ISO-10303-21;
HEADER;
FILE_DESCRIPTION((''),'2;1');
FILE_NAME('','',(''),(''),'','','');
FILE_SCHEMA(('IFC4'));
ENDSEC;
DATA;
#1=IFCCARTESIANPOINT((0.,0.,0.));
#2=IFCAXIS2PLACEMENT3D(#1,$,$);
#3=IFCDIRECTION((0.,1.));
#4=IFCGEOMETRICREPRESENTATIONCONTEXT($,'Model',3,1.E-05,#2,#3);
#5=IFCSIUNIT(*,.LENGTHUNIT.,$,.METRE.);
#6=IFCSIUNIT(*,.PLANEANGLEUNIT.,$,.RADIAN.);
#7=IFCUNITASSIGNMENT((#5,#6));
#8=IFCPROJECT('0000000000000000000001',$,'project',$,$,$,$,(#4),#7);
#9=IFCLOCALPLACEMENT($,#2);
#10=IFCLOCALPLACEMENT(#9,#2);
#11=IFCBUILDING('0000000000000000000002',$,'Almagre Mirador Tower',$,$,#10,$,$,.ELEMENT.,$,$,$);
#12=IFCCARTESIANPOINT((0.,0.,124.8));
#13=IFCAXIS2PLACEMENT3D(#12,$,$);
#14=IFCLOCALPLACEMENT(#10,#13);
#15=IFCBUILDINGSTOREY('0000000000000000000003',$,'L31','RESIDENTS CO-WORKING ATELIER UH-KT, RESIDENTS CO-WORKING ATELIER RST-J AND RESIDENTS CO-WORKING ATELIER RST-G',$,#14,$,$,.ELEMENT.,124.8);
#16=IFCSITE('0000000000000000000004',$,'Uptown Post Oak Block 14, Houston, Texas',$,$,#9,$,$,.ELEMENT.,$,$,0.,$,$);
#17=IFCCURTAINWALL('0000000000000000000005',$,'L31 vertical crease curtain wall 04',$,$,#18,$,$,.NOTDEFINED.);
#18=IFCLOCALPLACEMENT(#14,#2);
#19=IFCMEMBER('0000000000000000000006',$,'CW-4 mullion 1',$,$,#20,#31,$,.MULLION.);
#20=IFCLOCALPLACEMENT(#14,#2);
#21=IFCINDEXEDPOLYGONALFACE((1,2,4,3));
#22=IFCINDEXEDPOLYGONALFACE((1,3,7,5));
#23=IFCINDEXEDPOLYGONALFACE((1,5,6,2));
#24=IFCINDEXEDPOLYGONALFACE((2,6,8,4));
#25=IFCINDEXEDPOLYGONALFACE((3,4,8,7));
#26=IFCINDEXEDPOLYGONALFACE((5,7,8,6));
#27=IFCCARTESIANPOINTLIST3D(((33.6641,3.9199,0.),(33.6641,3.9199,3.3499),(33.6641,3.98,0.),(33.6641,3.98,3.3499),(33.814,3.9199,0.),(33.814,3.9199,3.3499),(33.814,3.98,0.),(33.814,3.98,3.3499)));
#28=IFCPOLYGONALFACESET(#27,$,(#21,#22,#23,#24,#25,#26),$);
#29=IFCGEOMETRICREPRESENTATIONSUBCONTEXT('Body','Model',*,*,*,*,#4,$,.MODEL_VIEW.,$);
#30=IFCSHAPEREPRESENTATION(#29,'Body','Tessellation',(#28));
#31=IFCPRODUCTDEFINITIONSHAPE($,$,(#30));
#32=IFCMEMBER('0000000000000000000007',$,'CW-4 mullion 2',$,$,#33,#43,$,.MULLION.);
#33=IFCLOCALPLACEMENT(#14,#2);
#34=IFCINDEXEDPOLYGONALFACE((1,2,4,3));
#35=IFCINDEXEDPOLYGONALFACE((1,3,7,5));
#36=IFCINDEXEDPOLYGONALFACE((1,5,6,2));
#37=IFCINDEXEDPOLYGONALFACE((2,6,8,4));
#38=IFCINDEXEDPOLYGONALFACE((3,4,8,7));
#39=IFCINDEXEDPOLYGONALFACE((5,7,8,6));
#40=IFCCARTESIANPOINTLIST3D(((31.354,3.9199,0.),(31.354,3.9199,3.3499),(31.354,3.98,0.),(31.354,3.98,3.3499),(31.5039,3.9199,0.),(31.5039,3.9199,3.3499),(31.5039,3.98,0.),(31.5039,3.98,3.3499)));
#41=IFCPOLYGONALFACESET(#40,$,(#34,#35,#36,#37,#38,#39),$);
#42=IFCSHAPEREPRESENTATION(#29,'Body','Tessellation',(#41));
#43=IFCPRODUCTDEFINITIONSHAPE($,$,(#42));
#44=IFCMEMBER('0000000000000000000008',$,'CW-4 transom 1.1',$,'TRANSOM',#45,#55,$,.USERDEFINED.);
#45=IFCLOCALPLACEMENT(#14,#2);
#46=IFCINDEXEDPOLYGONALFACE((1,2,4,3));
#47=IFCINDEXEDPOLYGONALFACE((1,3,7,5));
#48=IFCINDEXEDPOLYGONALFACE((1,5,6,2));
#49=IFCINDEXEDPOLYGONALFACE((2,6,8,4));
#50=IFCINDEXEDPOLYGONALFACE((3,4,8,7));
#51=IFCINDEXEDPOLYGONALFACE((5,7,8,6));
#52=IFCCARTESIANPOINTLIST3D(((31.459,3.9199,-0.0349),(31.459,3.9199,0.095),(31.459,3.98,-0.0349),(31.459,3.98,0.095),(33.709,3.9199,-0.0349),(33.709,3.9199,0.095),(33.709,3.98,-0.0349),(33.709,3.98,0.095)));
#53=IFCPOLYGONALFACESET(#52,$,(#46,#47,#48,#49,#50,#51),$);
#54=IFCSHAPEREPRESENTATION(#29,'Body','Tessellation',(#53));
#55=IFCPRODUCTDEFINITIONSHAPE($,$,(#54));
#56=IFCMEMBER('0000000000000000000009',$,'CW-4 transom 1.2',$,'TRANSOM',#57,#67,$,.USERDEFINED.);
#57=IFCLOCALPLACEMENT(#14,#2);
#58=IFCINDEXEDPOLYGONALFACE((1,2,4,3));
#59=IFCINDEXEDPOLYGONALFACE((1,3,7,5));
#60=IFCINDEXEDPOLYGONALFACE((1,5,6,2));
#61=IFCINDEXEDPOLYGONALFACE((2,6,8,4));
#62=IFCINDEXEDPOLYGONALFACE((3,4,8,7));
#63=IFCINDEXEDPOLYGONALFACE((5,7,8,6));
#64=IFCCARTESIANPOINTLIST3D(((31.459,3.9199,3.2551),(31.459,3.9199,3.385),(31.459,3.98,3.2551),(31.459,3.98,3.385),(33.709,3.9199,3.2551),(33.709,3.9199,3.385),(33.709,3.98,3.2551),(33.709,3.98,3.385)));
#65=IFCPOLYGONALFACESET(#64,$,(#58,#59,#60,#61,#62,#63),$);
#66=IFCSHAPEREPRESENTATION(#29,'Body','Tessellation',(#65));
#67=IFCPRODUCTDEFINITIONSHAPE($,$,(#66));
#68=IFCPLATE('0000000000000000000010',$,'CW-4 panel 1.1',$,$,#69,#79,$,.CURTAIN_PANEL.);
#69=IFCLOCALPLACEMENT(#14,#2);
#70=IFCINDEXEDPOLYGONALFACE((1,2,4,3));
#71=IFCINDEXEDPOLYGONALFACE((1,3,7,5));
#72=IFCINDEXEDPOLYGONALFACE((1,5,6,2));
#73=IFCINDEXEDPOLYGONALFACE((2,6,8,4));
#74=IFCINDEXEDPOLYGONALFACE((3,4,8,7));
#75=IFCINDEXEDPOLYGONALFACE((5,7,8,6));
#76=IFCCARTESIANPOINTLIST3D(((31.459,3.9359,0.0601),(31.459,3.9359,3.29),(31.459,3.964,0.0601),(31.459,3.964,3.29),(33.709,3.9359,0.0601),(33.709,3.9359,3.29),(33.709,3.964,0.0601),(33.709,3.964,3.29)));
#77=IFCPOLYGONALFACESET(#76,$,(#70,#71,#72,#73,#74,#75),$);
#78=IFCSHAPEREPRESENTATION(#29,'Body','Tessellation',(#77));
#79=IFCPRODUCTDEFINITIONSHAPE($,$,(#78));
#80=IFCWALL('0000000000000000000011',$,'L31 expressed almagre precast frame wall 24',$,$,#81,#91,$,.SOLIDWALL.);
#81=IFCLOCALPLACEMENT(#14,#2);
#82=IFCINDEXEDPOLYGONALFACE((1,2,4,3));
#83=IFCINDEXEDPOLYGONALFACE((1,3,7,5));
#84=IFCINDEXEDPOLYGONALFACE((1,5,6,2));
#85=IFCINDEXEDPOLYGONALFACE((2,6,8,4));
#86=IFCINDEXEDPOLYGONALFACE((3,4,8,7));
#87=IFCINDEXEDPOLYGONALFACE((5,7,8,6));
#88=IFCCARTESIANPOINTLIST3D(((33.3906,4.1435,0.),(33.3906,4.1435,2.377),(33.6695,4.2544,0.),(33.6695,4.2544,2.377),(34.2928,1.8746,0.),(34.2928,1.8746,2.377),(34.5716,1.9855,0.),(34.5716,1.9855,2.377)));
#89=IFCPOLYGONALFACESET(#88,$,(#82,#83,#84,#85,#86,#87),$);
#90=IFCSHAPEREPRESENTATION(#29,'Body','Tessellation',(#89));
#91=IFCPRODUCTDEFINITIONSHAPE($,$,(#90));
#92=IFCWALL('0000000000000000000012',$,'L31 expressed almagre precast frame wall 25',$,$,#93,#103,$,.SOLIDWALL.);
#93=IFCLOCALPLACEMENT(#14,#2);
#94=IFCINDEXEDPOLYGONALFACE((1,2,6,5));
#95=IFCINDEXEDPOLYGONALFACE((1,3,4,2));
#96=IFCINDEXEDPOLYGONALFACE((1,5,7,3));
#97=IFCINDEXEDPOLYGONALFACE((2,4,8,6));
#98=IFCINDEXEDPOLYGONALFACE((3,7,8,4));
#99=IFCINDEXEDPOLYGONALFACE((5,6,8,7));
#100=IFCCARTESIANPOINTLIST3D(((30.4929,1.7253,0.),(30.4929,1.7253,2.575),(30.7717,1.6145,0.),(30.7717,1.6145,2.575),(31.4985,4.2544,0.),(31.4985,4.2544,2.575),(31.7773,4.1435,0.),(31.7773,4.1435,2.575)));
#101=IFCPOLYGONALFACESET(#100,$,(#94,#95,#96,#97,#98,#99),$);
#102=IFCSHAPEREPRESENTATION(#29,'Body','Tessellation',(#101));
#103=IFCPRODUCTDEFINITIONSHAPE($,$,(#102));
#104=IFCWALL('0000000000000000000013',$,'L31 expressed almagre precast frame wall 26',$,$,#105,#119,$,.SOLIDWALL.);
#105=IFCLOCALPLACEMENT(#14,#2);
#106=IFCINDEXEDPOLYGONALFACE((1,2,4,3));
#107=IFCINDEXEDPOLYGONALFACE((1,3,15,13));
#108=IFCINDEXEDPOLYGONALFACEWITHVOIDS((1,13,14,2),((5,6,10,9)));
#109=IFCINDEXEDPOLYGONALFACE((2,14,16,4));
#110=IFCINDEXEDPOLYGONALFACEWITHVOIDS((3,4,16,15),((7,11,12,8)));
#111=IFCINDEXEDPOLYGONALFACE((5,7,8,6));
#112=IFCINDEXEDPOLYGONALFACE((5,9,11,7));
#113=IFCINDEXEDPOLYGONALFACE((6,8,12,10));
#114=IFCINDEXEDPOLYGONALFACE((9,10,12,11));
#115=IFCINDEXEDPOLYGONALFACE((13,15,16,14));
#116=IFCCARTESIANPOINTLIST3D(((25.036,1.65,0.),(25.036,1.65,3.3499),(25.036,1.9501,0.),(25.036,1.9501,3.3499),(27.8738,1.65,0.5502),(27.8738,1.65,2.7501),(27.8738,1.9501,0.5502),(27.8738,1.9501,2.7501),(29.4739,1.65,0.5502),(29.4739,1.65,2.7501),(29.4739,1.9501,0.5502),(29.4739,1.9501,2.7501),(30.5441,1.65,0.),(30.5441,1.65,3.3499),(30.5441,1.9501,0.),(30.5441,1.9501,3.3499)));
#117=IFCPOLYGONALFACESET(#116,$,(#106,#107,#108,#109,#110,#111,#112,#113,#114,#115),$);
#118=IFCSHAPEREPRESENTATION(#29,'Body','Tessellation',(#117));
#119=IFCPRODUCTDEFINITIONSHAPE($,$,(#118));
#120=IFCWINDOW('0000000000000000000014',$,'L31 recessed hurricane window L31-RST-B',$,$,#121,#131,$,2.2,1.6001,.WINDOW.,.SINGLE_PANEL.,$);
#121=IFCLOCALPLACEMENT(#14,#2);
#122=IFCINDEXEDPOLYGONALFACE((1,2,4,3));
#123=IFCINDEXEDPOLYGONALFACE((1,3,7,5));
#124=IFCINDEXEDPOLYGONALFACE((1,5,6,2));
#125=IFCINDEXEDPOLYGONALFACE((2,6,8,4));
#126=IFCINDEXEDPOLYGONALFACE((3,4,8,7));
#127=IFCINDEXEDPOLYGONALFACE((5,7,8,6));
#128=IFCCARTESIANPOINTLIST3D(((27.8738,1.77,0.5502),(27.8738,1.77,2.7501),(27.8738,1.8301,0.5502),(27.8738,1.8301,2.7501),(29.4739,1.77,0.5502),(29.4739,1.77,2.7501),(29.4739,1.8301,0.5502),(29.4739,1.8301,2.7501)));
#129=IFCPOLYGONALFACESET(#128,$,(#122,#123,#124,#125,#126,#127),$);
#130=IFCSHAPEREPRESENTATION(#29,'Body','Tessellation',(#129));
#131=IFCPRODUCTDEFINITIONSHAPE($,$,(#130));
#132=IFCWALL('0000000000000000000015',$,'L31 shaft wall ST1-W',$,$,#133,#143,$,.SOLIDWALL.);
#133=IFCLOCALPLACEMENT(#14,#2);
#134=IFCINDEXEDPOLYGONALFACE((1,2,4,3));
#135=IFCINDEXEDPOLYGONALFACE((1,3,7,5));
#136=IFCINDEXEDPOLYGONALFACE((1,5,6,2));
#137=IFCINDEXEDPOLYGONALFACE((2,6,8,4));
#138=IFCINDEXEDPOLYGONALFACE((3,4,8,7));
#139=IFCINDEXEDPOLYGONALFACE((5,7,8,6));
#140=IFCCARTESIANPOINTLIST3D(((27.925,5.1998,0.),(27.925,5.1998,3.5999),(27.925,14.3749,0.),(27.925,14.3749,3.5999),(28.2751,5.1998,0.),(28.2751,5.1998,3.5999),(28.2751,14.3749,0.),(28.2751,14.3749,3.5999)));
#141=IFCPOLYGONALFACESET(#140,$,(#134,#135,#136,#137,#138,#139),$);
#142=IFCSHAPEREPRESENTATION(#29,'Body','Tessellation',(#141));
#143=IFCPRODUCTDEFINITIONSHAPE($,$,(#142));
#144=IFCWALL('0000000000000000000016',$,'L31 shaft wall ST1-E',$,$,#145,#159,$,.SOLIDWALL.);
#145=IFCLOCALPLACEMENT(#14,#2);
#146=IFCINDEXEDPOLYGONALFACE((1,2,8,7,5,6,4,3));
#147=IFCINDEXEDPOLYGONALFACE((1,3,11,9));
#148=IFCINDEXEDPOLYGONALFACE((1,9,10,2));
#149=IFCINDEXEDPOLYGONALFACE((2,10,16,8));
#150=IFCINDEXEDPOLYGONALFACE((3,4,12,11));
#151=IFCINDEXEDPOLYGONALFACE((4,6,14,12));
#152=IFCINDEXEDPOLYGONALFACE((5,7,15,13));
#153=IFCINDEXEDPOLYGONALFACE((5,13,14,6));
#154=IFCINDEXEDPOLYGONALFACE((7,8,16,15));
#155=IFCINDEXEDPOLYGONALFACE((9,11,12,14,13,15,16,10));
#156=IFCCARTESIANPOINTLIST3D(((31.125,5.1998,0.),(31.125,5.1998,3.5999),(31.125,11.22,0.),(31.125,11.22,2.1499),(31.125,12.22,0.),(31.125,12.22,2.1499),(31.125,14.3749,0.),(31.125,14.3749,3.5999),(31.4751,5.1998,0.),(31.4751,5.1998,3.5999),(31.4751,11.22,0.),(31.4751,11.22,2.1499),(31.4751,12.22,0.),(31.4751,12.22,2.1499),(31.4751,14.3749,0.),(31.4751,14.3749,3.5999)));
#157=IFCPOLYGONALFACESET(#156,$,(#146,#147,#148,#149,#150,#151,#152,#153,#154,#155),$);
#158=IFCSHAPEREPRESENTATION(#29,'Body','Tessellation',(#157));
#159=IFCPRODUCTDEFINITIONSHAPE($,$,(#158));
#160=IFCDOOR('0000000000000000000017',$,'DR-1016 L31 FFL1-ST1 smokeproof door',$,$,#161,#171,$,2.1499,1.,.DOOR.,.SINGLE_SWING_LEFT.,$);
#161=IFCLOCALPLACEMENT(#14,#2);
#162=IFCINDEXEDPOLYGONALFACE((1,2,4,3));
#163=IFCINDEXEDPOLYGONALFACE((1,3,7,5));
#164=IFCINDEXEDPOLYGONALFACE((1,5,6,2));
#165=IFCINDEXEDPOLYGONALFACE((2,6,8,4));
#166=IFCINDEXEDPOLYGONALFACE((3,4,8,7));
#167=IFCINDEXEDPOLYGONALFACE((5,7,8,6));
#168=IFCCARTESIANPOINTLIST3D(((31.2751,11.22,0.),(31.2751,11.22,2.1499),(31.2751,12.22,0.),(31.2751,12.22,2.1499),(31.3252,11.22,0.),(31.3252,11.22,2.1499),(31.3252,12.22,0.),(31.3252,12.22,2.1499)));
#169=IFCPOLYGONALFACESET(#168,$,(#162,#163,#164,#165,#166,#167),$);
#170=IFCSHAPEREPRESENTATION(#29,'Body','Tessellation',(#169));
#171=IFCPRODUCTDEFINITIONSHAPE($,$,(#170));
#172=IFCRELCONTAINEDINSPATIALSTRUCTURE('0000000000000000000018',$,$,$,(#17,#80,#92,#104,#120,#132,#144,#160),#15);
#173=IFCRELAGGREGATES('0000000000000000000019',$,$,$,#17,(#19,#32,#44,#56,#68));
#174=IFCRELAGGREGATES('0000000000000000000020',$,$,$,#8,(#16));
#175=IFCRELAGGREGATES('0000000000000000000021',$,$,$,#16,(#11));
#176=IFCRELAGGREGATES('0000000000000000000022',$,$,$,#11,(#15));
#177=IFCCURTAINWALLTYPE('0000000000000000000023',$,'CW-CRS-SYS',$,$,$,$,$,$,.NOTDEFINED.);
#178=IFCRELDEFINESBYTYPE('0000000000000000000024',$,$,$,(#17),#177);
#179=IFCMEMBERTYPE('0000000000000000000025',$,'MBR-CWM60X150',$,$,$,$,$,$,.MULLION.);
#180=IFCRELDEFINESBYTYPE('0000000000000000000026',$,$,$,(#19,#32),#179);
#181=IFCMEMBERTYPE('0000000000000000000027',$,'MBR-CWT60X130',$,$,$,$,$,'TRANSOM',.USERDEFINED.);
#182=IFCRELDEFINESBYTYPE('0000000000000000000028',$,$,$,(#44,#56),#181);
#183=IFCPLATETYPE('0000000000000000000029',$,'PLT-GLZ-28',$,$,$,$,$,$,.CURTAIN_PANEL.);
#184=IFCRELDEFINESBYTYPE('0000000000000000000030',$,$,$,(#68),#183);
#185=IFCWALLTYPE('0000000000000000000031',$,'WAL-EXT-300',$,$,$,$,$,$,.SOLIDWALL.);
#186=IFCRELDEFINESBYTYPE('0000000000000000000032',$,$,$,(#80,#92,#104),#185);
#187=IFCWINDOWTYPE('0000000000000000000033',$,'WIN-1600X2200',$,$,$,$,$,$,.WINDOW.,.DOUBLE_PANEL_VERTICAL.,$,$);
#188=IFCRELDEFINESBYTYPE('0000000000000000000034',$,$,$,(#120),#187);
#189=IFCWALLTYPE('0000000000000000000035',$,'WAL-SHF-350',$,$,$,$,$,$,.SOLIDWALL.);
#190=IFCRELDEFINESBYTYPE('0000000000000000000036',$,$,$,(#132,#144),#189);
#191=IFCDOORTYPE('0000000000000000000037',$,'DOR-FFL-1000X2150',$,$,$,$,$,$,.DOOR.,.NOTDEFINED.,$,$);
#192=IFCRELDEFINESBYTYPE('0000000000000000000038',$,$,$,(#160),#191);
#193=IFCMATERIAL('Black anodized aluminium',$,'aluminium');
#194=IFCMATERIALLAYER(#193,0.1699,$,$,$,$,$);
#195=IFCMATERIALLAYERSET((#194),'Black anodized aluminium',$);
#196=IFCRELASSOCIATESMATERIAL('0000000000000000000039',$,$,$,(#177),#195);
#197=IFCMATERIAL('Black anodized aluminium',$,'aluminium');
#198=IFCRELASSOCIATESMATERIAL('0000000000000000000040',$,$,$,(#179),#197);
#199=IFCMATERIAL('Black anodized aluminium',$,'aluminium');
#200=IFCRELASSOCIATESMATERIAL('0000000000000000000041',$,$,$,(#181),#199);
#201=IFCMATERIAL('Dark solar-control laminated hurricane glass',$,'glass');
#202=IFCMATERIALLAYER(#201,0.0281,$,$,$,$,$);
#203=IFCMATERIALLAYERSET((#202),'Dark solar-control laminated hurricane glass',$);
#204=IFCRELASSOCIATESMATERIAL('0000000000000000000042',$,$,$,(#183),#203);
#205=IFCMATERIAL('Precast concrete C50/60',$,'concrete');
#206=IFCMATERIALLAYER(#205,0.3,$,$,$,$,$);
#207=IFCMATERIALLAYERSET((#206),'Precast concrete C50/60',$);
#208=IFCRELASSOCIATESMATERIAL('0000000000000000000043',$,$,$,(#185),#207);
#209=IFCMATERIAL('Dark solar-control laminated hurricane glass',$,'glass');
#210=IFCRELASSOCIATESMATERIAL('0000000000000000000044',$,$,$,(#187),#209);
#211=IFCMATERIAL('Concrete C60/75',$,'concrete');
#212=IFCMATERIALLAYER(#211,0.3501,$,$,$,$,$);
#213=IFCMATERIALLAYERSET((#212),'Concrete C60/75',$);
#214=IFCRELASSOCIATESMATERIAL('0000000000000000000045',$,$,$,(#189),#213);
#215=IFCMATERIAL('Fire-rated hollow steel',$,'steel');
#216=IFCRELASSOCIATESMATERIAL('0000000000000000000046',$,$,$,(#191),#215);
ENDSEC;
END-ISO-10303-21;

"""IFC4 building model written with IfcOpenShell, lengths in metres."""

from ifc_helpers import new_model, si_unit, direction, frame, frame_2d, origin, origin_2d, place, context, subcontext, project, spatial, rectangle, extrude, material, layer, layer_set, material_profile, profile_set, type_object, element, fill, aggregate, save


model = new_model("IFC4")

# Units and contexts
model_context = context("Model", 3, precision=1e-05, world=origin(), true_north=direction((0.0, 1.0)))
body_context = subcontext(model_context, "Body", "Model", "MODEL_VIEW")
ifc_project = project(units=[si_unit("LENGTHUNIT", "METRE"), si_unit("PLANEANGLEUNIT", "RADIAN")], contexts=[model_context])

# Site, building, storey
site_placement = place(None, origin())
site = spatial("IfcSite", under=ifc_project, at=site_placement, Name="Uptown Post Oak Block 14, Houston, Texas", CompositionType="ELEMENT", RefElevation=0.0)
building_placement = place(site_placement, origin())
building = spatial("IfcBuilding", under=site, at=building_placement, Name="Almagre Mirador Tower", CompositionType="ELEMENT")
storey_placement = place(building_placement, frame((0.0, 0.0, 124.8)))
storey = spatial("IfcBuildingStorey", under=building, at=storey_placement, Name="L31", Description="RESIDENTS CO-WORKING ATELIER UH-KT, RESIDENTS CO-WORKING ATELIER RST-J AND RESIDENTS CO-WORKING ATELIER RST-G", CompositionType="ELEMENT", Elevation=124.8)

# Curtain wall, members, plate
ifc_material_1 = material(Name="Black anodized aluminium", Category="aluminium")
ifc_layer_1 = layer(ifc_material_1, 0.1699)
ifc_layer_set_1 = layer_set([ifc_layer_1], Name="Black anodized aluminium")
curtain_wall_type = type_object("IfcCurtainWallType", Name="CW-CRS-SYS", PredefinedType="NOTDEFINED", material=ifc_layer_set_1)
curtain_wall_placement = place(storey_placement, origin())
curtain_wall = element("IfcCurtainWall", 1, at=curtain_wall_placement, inside=storey, type_object=curtain_wall_type, Name="L31 vertical crease curtain wall 04", PredefinedType="NOTDEFINED")
ifc_material_2 = material(Name="Black anodized aluminium", Category="aluminium")
ifc_material_profile_1 = material_profile(ifc_material_2, rectangle(XDim=0.0601, YDim=0.1499, at=origin_2d()), Name="CWM60X150")
ifc_profile_set_1 = profile_set([ifc_material_profile_1], Name="Black anodized aluminium")
member_type_1 = type_object("IfcMemberType", Name="MBR-CWM60X150", PredefinedType="MULLION", material=ifc_profile_set_1)
member_1_placement = place(storey_placement, frame((33.739, 3.95, 0.0), z_axis=(0.0, 0.0, 1.0), x_axis=(0.0, -1.0, 0.0)))
member_1 = element("IfcMember", 2, at=member_1_placement, type_object=member_type_1, Name="CW-4 mullion 1", PredefinedType="MULLION", context=body_context, shape_type="SweptSolid", body=[
    extrude(rectangle(XDim=0.0601, YDim=0.1499, at=origin_2d()), origin(), (0.0, 0.0, 1.0), 3.3499),
])
member_2_placement = place(storey_placement, frame((31.429, 3.95, 0.0), z_axis=(0.0, 0.0, 1.0), x_axis=(0.0, -1.0, 0.0)))
member_2 = element("IfcMember", 3, at=member_2_placement, type_object=member_type_1, Name="CW-4 mullion 2", PredefinedType="MULLION", context=body_context, shape_type="SweptSolid", body=[
    extrude(rectangle(XDim=0.0601, YDim=0.1499, at=origin_2d()), origin(), (0.0, 0.0, 1.0), 3.3499),
])
ifc_material_3 = material(Name="Black anodized aluminium", Category="aluminium")
ifc_material_profile_2 = material_profile(ifc_material_3, rectangle(XDim=0.0601, YDim=0.1299, at=origin_2d()), Name="CWT60X130")
ifc_profile_set_2 = profile_set([ifc_material_profile_2], Name="Black anodized aluminium")
member_type_2 = type_object("IfcMemberType", Name="MBR-CWT60X130", ElementType="TRANSOM", PredefinedType="USERDEFINED", material=ifc_profile_set_2)
member_3_placement = place(storey_placement, frame((33.709, 3.95, 0.03), z_axis=(-1.0, 0.0, 0.0), x_axis=(0.0, -1.0, 0.0)))
member_3 = element("IfcMember", 4, at=member_3_placement, type_object=member_type_2, Name="CW-4 transom 1.1", ObjectType="TRANSOM", PredefinedType="USERDEFINED", context=body_context, shape_type="SweptSolid", body=[
    extrude(rectangle(XDim=0.0601, YDim=0.1299, at=origin_2d()), origin(), (0.0, 0.0, 1.0), 2.25),
])
member_4_placement = place(storey_placement, frame((33.709, 3.95, 3.3201), z_axis=(-1.0, 0.0, 0.0), x_axis=(0.0, -1.0, 0.0)))
member_4 = element("IfcMember", 5, at=member_4_placement, type_object=member_type_2, Name="CW-4 transom 1.2", ObjectType="TRANSOM", PredefinedType="USERDEFINED", context=body_context, shape_type="SweptSolid", body=[
    extrude(rectangle(XDim=0.0601, YDim=0.1299, at=origin_2d()), origin(), (0.0, 0.0, 1.0), 2.25),
])
ifc_material_4 = material(Name="Dark solar-control laminated hurricane glass", Category="glass")
ifc_layer_2 = layer(ifc_material_4, 0.0281)
ifc_layer_set_2 = layer_set([ifc_layer_2], Name="Dark solar-control laminated hurricane glass")
plate_type = type_object("IfcPlateType", Name="PLT-GLZ-28", PredefinedType="CURTAIN_PANEL", material=ifc_layer_set_2)
plate_placement = place(storey_placement, frame((32.584, 3.95, 0.0601), z_axis=(0.0, 0.0, 1.0), x_axis=(-1.0, 0.0, 0.0)))
plate = element("IfcPlate", 6, at=plate_placement, type_object=plate_type, Name="CW-4 panel 1.1", PredefinedType="CURTAIN_PANEL", context=body_context, shape_type="SweptSolid", body=[
    extrude(rectangle(XDim=2.25, YDim=0.0281, at=origin_2d()), origin(), (0.0, 0.0, 1.0), 3.23),
])
aggregate(curtain_wall, [member_1, member_2, member_3, member_4, plate])

# Walls
ifc_material_5 = material(Name="Precast concrete C50/60", Category="concrete")
ifc_layer_3 = layer(ifc_material_5, 0.3)
ifc_layer_set_3 = layer_set([ifc_layer_3], Name="Precast concrete C50/60")
wall_type_1 = type_object("IfcWallType", Name="WAL-EXT-300", PredefinedType="SOLIDWALL", material=ifc_layer_set_3)
wall_1_placement = place(storey_placement, frame((34.4321, 1.9302, 0.0), z_axis=(0.0, 0.0, 1.0), x_axis=(-0.369476, 0.92924, 0.0)))
element("IfcWall", 7, at=wall_1_placement, inside=storey, type_object=wall_type_1, Name="L31 expressed almagre precast frame wall 24", PredefinedType="SOLIDWALL", context=body_context, shape_type="SweptSolid", body=[
    extrude(rectangle(XDim=2.4417, YDim=0.3, at=frame_2d((1.2207, 0.0))), origin(), (0.0, 0.0, 1.0), 2.377),
])
wall_2_placement = place(storey_placement, frame((31.6379, 4.199, 0.0), z_axis=(0.0, 0.0, 1.0), x_axis=(-0.369488, -0.929236, 0.0)))
element("IfcWall", 8, at=wall_2_placement, inside=storey, type_object=wall_type_1, Name="L31 expressed almagre precast frame wall 25", PredefinedType="SOLIDWALL", context=body_context, shape_type="SweptSolid", body=[
    extrude(rectangle(XDim=2.7217, YDim=0.3, at=frame_2d((1.3608, 0.0))), origin(), (0.0, 0.0, 1.0), 2.575),
])

# Wall, opening, window
wall_3_placement = place(storey_placement, frame((30.5439, 1.8, 0.0), z_axis=(0.0, 0.0, 1.0), x_axis=(-1.0, 0.0, 0.0)))
wall_3 = element("IfcWall", 9, at=wall_3_placement, inside=storey, type_object=wall_type_1, Name="L31 expressed almagre precast frame wall 26", PredefinedType="SOLIDWALL", context=body_context, shape_type="SweptSolid", body=[
    extrude(rectangle(XDim=5.5081, YDim=0.3, at=frame_2d((2.7539, 0.0))), origin(), (0.0, 0.0, 1.0), 3.3499),
])
opening_1_placement = place(wall_3_placement, frame((1.0701, 0.0, 0.55)))
opening_1 = element("IfcOpeningElement", 10, at=opening_1_placement, cuts=wall_3, PredefinedType="OPENING", context=body_context, shape_type="SweptSolid", body=[
    extrude(rectangle(XDim=1.6001, YDim=2.2, at=frame_2d((0.8, 1.1001))), frame((0.0, 0.1599, 0.0), z_axis=(0.0, -1.0, 0.0), x_axis=(1.0, 0.0, 0.0)), (0.0, 0.0, 1.0), 0.32),
])
ifc_material_6 = material(Name="Dark solar-control laminated hurricane glass", Category="glass")
window_type = type_object("IfcWindowType", Name="WIN-1600X2200", PartitioningType="DOUBLE_PANEL_VERTICAL", PredefinedType="WINDOW", material=ifc_material_6)
window_placement = place(opening_1_placement, origin())
window = element("IfcWindow", 11, at=window_placement, inside=storey, type_object=window_type, Name="L31 recessed hurricane window L31-RST-B", OverallHeight=2.2, OverallWidth=1.6001, PartitioningType="SINGLE_PANEL", PredefinedType="WINDOW", context=body_context, shape_type="SweptSolid", body=[
    extrude(rectangle(XDim=1.6001, YDim=2.2, at=frame_2d((0.8, 1.1001))), frame((0.0, 0.03, 0.0), z_axis=(0.0, -1.0, 0.0), x_axis=(1.0, 0.0, 0.0)), (0.0, 0.0, 1.0), 0.0601),
])
fill(opening_1, window)

# Wall
ifc_material_7 = material(Name="Concrete C60/75", Category="concrete")
ifc_layer_4 = layer(ifc_material_7, 0.3501)
ifc_layer_set_4 = layer_set([ifc_layer_4], Name="Concrete C60/75")
wall_type_2 = type_object("IfcWallType", Name="WAL-SHF-350", PredefinedType="SOLIDWALL", material=ifc_layer_set_4)
wall_4_placement = place(storey_placement, frame((28.1001, 5.2, 0.0), z_axis=(0.0, 0.0, 1.0), x_axis=(0.0, 1.0, 0.0)))
element("IfcWall", 12, at=wall_4_placement, inside=storey, type_object=wall_type_2, Name="L31 shaft wall ST1-W", PredefinedType="SOLIDWALL", context=body_context, shape_type="SweptSolid", body=[
    extrude(rectangle(XDim=9.175, YDim=0.3501, at=frame_2d((4.5874, 0.0))), origin(), (0.0, 0.0, 1.0), 3.5999),
])

# Wall, opening, door
wall_5_placement = place(storey_placement, frame((31.3, 5.2, 0.0), z_axis=(0.0, 0.0, 1.0), x_axis=(0.0, 1.0, 0.0)))
wall_5 = element("IfcWall", 13, at=wall_5_placement, inside=storey, type_object=wall_type_2, Name="L31 shaft wall ST1-E", PredefinedType="SOLIDWALL", context=body_context, shape_type="SweptSolid", body=[
    extrude(rectangle(XDim=9.175, YDim=0.3501, at=frame_2d((4.5874, 0.0))), origin(), (0.0, 0.0, 1.0), 3.5999),
])
opening_2_placement = place(wall_5_placement, frame((6.02, 0.0, 0.0)))
opening_2 = element("IfcOpeningElement", 14, at=opening_2_placement, cuts=wall_5, PredefinedType="OPENING", context=body_context, shape_type="SweptSolid", body=[
    extrude(rectangle(XDim=1.0, YDim=2.1499, at=frame_2d((0.5, 1.075))), frame((0.0, 0.185, 0.0), z_axis=(0.0, -1.0, 0.0), x_axis=(1.0, 0.0, 0.0)), (0.0, 0.0, 1.0), 0.3701),
])
ifc_material_8 = material(Name="Fire-rated hollow steel", Category="steel")
door_type_1 = type_object("IfcDoorType", Name="DOR-FFL-1000X2150", OperationType="NOTDEFINED", PredefinedType="DOOR", material=ifc_material_8)
door_1_placement = place(opening_2_placement, origin())
door_1 = element("IfcDoor", 15, at=door_1_placement, inside=storey, type_object=door_type_1, Name="DR-1016 L31 FFL1-ST1 smokeproof door", OperationType="SINGLE_SWING_LEFT", OverallHeight=2.1499, OverallWidth=1.0, PredefinedType="DOOR", context=body_context, shape_type="SweptSolid", body=[
    extrude(rectangle(XDim=1.0, YDim=2.1499, at=frame_2d((0.5, 1.075))), frame((0.0, 0.0249, 0.0), z_axis=(0.0, -1.0, 0.0), x_axis=(1.0, 0.0, 0.0)), (0.0, 0.0, 1.0), 0.05),
])
fill(opening_2, door_1)

save(model, "model.ifc")
